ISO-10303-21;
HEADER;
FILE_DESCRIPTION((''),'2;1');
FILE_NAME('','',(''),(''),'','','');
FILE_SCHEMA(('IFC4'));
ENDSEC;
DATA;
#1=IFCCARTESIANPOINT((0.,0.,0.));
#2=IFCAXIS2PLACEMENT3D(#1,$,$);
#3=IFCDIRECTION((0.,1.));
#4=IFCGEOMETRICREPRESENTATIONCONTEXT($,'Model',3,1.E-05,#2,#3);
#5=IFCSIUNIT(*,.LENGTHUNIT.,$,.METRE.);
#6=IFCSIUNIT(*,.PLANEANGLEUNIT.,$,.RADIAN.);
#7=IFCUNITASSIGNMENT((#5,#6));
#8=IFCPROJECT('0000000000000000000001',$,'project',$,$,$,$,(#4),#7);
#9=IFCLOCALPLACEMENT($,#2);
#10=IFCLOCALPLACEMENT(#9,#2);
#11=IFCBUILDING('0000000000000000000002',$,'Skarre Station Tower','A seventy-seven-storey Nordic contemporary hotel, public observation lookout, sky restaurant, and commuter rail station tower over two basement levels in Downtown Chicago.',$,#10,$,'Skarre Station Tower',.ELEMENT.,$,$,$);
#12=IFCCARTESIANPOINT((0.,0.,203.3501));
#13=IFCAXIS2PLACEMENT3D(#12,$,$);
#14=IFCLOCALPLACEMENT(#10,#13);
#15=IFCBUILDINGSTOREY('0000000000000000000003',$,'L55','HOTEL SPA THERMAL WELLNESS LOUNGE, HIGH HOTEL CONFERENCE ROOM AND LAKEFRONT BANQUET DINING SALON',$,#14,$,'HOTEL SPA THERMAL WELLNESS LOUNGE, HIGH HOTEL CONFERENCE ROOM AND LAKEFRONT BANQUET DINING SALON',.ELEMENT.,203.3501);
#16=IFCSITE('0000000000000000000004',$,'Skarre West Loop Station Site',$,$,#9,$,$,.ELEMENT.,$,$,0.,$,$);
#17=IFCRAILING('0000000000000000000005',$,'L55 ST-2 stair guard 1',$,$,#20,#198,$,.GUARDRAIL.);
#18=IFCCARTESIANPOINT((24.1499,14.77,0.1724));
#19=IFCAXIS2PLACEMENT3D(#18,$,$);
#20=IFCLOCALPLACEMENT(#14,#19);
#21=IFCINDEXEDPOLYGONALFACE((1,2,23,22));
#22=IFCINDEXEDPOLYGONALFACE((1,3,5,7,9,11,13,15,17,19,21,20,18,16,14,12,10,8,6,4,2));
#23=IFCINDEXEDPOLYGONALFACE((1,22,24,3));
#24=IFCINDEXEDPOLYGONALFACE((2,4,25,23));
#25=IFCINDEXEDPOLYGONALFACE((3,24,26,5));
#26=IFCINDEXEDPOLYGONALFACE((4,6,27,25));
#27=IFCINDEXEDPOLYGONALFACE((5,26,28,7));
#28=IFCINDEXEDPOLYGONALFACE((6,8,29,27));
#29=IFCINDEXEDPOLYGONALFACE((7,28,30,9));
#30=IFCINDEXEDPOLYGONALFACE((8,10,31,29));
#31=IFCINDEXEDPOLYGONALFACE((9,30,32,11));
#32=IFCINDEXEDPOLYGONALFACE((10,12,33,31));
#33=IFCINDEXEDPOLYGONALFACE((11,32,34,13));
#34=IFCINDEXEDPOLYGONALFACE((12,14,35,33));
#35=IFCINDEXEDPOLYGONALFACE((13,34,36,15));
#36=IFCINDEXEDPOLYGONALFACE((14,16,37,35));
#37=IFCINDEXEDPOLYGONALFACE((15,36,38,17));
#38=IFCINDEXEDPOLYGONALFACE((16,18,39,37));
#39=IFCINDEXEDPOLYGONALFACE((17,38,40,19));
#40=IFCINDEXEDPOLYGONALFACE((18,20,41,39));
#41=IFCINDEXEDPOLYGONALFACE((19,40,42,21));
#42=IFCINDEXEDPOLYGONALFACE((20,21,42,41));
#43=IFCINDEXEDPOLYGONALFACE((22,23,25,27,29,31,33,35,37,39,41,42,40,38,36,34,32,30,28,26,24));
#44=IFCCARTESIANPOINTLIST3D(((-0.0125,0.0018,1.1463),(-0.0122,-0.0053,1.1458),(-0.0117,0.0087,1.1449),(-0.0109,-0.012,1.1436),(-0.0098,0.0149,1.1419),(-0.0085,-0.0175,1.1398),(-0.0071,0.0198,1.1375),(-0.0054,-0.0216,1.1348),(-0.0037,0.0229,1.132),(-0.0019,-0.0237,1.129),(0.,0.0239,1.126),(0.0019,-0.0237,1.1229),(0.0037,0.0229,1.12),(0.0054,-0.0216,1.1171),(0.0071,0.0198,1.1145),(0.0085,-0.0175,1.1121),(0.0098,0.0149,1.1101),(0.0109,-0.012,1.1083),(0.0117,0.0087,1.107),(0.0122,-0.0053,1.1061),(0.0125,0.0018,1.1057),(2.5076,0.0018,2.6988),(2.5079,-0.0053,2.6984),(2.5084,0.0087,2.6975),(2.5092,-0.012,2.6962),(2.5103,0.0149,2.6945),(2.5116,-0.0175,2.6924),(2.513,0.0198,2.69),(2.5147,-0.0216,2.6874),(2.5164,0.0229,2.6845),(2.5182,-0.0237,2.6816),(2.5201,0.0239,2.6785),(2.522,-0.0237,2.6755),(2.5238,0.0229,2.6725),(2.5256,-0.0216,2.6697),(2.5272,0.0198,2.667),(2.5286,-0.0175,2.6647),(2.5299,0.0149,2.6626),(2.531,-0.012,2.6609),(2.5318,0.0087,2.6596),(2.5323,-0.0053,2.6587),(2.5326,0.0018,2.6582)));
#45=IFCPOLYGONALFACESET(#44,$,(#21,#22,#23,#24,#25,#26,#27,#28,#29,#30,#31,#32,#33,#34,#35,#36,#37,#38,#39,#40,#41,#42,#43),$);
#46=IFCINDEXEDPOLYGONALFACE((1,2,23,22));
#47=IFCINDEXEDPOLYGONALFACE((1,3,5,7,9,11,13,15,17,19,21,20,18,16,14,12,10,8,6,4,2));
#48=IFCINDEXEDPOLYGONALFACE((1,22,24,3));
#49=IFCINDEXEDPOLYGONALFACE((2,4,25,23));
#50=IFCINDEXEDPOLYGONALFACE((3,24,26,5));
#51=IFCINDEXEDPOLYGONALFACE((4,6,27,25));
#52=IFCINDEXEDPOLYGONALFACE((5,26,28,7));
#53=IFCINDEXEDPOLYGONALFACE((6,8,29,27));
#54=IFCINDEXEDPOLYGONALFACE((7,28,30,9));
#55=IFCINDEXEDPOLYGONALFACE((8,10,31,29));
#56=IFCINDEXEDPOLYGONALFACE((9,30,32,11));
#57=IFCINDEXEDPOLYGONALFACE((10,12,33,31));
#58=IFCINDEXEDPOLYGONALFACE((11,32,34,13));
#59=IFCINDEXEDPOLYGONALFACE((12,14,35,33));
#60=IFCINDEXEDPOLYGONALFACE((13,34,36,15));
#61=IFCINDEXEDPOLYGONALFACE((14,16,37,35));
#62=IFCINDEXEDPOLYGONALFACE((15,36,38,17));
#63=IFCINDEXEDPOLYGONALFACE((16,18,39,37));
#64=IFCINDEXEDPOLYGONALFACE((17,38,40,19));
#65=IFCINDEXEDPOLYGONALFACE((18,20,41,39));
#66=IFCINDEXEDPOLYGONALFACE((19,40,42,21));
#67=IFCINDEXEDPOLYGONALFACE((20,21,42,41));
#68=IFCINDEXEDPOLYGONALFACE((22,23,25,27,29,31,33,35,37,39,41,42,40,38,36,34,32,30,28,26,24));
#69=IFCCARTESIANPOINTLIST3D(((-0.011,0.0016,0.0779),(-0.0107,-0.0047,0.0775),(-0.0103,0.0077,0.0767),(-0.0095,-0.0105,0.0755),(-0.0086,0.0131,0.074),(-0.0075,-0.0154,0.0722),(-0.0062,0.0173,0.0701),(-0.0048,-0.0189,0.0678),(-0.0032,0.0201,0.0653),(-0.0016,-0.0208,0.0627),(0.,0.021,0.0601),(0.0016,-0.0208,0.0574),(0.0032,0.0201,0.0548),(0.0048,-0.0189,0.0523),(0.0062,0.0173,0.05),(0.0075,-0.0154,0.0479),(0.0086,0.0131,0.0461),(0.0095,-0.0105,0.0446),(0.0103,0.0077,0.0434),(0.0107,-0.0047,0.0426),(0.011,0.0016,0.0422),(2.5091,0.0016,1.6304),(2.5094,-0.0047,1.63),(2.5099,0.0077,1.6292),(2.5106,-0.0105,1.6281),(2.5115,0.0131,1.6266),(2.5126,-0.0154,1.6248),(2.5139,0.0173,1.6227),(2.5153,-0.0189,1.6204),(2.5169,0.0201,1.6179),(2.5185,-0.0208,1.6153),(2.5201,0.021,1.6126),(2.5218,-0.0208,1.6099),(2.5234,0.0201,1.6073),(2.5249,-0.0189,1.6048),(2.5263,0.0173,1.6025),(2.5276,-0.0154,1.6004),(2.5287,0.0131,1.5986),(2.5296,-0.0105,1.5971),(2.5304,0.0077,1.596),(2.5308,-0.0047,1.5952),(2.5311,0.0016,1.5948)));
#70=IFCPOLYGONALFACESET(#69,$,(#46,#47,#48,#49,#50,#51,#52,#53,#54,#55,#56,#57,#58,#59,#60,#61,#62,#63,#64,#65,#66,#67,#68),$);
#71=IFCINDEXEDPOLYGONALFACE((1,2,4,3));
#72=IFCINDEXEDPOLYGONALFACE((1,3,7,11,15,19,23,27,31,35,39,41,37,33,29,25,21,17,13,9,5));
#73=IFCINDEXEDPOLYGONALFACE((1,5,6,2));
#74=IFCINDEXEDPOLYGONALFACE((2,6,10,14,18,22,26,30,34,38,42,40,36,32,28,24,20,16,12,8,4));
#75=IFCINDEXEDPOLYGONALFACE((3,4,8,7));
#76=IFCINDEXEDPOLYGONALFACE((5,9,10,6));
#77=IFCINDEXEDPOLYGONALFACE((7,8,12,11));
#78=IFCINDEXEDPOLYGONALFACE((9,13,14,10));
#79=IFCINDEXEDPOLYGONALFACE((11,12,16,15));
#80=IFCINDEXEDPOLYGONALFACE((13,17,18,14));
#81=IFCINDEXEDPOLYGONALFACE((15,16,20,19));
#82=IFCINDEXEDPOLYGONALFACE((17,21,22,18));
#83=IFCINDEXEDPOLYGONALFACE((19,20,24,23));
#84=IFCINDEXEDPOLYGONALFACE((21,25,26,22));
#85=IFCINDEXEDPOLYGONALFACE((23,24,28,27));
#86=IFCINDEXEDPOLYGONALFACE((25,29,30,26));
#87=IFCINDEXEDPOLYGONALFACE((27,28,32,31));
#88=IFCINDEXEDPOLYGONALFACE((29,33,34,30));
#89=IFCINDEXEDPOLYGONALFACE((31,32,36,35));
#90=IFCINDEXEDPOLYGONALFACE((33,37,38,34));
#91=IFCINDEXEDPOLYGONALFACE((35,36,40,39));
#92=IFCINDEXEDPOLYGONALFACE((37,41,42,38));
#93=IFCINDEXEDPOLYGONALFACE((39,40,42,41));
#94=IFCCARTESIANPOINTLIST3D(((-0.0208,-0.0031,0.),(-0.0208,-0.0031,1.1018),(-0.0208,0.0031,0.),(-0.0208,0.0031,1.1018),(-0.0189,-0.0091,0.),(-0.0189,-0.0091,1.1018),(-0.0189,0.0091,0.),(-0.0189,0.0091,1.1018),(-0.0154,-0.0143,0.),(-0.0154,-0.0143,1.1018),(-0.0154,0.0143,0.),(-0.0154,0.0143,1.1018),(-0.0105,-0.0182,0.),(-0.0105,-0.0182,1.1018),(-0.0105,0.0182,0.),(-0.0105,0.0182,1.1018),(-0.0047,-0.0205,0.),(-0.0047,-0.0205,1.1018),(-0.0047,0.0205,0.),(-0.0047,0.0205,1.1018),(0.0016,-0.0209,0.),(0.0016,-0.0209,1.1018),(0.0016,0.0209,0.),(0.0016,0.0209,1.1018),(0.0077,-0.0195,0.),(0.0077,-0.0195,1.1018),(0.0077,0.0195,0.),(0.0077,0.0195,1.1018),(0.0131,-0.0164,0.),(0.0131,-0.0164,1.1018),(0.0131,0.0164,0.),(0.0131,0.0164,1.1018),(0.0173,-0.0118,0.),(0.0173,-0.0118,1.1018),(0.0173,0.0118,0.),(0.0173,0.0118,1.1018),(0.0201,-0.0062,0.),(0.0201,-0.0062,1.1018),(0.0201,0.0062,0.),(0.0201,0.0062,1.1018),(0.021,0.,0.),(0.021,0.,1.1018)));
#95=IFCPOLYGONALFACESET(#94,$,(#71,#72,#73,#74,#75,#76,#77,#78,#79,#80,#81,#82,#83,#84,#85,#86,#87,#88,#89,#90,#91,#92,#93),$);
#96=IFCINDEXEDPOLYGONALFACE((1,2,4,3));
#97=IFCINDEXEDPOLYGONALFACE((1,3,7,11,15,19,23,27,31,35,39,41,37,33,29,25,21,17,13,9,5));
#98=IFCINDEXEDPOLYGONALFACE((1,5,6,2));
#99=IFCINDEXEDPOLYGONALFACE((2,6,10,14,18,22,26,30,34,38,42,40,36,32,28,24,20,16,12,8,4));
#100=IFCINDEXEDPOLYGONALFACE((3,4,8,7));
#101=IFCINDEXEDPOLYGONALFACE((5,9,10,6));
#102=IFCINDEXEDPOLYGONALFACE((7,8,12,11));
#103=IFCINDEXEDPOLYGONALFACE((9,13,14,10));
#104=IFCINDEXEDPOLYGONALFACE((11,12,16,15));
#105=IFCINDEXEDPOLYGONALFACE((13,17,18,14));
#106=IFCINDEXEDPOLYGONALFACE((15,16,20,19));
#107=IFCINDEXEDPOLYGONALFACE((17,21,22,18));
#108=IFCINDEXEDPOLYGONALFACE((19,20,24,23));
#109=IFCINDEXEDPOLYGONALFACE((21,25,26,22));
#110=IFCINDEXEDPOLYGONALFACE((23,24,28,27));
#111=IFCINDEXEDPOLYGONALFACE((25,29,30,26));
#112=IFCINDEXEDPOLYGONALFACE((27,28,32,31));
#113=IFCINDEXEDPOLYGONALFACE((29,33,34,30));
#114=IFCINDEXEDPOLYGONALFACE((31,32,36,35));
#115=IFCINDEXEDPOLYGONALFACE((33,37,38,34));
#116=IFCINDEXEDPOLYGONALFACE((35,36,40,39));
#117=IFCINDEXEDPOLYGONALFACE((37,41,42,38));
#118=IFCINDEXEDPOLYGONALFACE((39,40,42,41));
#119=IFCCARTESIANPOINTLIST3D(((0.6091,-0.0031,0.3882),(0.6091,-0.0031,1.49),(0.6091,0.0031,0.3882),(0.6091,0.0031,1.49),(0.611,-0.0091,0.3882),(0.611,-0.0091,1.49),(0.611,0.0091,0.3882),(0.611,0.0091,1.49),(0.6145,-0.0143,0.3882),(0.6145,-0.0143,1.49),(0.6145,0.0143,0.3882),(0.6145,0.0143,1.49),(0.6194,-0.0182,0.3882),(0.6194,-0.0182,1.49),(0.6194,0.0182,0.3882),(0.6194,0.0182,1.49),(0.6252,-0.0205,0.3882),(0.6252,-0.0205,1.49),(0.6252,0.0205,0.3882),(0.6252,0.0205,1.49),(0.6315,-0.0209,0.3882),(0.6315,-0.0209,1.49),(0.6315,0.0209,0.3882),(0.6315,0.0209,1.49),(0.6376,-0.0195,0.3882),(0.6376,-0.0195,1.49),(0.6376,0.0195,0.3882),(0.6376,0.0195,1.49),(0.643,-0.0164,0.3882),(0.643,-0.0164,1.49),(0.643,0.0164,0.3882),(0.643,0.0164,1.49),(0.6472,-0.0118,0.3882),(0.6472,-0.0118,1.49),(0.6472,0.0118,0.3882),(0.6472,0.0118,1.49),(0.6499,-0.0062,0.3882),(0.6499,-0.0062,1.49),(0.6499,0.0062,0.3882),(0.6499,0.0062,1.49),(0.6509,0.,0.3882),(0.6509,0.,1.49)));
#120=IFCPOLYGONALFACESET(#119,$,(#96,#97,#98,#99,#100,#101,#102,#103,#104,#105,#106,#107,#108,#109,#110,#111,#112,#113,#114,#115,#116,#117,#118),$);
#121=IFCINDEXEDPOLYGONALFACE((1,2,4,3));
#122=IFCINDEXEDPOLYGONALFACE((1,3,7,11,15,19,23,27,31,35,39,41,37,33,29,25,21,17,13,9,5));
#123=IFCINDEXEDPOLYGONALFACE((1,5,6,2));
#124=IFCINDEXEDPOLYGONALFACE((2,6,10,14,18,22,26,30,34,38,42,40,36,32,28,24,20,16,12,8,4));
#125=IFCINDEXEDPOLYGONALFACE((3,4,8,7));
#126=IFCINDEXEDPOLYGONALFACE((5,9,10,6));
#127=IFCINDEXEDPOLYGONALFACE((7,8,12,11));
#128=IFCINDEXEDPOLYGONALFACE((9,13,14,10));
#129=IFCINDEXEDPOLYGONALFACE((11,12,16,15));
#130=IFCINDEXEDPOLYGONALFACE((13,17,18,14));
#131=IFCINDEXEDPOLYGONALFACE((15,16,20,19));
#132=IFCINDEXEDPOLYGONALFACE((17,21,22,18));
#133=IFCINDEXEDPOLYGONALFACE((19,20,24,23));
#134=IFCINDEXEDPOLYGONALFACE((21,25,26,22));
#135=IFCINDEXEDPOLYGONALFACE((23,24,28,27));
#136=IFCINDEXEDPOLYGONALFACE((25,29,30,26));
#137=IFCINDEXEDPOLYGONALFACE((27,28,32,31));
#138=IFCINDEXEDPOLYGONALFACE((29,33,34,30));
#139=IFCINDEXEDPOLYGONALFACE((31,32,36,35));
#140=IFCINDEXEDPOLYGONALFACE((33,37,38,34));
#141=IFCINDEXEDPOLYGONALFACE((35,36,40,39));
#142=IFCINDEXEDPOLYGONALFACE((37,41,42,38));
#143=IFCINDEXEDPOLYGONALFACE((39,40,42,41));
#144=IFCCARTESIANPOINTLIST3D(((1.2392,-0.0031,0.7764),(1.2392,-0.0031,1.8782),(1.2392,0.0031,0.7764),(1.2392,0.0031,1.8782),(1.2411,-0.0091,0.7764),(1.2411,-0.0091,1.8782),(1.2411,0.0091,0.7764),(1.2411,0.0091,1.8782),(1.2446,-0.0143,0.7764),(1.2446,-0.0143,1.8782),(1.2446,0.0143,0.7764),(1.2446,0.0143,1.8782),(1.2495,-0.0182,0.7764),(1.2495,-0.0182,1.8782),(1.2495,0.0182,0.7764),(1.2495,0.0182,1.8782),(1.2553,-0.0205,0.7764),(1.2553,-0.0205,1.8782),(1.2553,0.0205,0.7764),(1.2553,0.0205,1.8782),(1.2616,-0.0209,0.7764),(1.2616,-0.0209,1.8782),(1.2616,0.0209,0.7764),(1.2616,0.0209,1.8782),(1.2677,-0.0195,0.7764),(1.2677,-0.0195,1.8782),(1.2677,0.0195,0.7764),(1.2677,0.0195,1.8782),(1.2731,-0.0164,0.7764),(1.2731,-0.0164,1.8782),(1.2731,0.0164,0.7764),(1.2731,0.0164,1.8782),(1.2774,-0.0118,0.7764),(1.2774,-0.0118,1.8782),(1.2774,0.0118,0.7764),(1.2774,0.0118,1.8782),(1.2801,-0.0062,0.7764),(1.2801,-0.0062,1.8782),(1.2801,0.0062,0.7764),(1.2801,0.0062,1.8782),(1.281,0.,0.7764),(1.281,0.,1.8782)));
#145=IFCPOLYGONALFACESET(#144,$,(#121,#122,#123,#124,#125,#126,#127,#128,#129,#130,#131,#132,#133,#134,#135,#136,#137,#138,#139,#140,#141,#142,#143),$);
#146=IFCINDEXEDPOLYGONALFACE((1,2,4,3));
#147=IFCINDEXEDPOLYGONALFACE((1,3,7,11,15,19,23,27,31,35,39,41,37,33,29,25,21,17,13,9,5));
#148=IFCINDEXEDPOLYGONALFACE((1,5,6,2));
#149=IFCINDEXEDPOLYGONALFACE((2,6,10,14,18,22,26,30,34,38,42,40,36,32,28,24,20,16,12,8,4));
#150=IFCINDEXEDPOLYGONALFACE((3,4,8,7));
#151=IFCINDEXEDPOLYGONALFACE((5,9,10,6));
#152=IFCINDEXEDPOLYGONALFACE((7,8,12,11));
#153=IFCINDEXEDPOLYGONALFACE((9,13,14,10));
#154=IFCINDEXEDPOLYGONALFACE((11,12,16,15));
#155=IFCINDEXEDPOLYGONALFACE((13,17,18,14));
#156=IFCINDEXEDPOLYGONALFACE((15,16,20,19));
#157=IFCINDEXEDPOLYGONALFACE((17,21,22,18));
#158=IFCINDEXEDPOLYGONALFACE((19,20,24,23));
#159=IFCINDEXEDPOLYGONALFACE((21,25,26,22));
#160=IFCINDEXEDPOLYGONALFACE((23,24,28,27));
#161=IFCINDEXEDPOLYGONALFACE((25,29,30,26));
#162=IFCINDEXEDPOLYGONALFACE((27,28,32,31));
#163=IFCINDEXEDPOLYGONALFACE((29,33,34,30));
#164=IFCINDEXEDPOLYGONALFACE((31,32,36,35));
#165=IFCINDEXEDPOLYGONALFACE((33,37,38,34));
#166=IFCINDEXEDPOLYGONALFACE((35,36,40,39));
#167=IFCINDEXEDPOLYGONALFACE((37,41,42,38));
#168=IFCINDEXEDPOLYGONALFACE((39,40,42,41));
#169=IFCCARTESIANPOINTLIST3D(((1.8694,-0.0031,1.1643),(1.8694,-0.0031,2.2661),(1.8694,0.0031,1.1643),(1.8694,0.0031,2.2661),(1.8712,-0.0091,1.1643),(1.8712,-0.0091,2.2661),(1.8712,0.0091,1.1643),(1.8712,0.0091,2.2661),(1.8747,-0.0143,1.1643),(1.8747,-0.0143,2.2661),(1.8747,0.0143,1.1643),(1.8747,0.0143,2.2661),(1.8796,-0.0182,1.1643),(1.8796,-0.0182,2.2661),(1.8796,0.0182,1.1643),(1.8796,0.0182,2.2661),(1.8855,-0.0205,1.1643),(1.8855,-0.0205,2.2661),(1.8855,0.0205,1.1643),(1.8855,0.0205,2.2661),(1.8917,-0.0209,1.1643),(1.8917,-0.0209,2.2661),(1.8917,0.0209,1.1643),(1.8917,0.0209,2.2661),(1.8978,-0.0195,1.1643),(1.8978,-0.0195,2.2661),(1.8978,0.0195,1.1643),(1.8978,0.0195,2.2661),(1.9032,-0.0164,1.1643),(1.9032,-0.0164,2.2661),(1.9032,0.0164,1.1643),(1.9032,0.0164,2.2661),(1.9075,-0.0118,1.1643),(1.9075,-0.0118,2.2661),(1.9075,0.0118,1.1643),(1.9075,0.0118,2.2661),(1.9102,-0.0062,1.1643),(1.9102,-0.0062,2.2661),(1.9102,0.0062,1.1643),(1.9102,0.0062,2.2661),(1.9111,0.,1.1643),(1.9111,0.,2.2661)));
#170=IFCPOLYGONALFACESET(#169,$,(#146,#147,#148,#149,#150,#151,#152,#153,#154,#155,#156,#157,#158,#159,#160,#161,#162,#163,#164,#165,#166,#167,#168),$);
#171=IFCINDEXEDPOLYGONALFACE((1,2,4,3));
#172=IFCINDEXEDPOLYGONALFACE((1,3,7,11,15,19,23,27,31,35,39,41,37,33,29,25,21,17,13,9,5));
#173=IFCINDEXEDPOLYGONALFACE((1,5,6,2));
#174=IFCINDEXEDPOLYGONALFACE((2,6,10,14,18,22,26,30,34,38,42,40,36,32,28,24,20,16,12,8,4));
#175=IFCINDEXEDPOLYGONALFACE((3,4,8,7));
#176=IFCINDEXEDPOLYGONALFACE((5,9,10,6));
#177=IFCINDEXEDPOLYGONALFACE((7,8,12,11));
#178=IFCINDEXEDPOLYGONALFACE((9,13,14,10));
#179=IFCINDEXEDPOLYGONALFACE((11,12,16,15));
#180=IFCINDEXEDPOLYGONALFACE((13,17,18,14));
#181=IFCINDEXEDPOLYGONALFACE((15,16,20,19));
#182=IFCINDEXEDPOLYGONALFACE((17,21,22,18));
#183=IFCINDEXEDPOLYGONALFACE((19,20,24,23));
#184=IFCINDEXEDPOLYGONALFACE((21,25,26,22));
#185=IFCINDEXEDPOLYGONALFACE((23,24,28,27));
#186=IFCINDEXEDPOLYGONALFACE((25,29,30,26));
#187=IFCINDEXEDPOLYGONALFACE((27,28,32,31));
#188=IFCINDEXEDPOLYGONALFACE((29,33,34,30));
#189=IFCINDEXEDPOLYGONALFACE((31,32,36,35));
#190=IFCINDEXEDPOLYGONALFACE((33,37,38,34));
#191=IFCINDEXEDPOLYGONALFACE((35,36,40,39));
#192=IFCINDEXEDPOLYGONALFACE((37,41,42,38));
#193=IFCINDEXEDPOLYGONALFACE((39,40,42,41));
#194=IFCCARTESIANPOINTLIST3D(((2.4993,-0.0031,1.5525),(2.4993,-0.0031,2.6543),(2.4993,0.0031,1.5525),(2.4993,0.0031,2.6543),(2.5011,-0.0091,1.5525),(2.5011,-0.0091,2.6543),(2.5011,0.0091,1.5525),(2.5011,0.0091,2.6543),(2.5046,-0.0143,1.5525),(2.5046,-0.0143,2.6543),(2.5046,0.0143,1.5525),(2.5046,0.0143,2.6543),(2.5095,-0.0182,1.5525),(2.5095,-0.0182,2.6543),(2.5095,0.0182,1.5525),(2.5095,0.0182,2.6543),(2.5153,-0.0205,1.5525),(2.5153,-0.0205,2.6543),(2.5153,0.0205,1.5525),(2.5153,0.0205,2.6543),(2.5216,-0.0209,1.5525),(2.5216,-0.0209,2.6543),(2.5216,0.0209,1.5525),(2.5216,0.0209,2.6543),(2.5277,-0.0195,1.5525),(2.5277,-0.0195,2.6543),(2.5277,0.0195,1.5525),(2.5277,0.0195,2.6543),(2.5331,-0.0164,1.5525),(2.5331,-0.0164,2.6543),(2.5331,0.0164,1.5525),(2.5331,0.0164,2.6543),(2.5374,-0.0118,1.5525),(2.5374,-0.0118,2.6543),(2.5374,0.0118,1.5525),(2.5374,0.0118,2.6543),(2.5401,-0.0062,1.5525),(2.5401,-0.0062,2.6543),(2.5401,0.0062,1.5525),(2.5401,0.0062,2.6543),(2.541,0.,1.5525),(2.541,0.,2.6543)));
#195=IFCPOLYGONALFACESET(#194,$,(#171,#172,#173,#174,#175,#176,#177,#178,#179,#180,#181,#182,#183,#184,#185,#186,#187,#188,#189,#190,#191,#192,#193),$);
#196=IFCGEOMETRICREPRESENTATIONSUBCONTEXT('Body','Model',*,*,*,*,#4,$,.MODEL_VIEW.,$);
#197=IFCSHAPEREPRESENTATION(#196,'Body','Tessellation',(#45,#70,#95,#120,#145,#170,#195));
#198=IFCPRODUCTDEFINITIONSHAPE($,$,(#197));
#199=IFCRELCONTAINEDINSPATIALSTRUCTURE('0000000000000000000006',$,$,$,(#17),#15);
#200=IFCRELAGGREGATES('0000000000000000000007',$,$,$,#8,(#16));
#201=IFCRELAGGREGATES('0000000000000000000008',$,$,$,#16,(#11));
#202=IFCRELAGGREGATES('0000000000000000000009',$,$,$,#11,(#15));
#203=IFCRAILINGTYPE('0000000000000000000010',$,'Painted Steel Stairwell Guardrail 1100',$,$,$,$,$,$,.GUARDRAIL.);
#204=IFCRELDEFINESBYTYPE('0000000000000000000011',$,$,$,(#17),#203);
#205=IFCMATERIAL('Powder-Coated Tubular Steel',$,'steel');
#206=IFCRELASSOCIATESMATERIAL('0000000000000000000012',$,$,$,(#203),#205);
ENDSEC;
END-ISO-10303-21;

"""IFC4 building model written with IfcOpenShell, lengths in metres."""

from ifc_helpers import new_model, si_unit, direction, frame, origin, origin_2d, place, context, subcontext, project, spatial, circle, extrude, material, type_object, element, save


model = new_model("IFC4")

# Units and contexts
model_context = context("Model", 3, precision=1e-05, world=origin(), true_north=direction((0.0, 1.0)))
body_context = subcontext(model_context, "Body", "Model", "MODEL_VIEW")
ifc_project = project(units=[si_unit("LENGTHUNIT", "METRE"), si_unit("PLANEANGLEUNIT", "RADIAN")], contexts=[model_context])

# Site, building, storey
site_placement = place(None, origin())
site = spatial("IfcSite", under=ifc_project, at=site_placement, Name="Skarre West Loop Station Site", CompositionType="ELEMENT", RefElevation=0.0)
building_placement = place(site_placement, origin())
building = spatial("IfcBuilding", under=site, at=building_placement, Name="Skarre Station Tower", Description="A seventy-seven-storey Nordic contemporary hotel, public observation lookout, sky restaurant, and commuter rail station tower over two basement levels in Downtown Chicago.", LongName="Skarre Station Tower", CompositionType="ELEMENT")
storey_placement = place(building_placement, frame((0.0, 0.0, 203.3501)))
storey = spatial("IfcBuildingStorey", under=building, at=storey_placement, Name="L55", Description="HOTEL SPA THERMAL WELLNESS LOUNGE, HIGH HOTEL CONFERENCE ROOM AND LAKEFRONT BANQUET DINING SALON", LongName="HOTEL SPA THERMAL WELLNESS LOUNGE, HIGH HOTEL CONFERENCE ROOM AND LAKEFRONT BANQUET DINING SALON", CompositionType="ELEMENT", Elevation=203.3501)

# Railing
ifc_material_1 = material(Name="Powder-Coated Tubular Steel", Category="steel")
railing_type_1 = type_object("IfcRailingType", Name="Painted Steel Stairwell Guardrail 1100", PredefinedType="GUARDRAIL", material=ifc_material_1)
railing_1_placement = place(storey_placement, frame((24.1499, 14.77, 0.1724)))
element("IfcRailing", 1, at=railing_1_placement, inside=storey, type_object=railing_type_1, Name="L55 ST-2 stair guard 1", PredefinedType="GUARDRAIL", context=body_context, shape_type="SweptSolid", body=[
    extrude(circle(Radius=0.0239, at=origin_2d()), frame((0.0, 0.0, 1.126), z_axis=(0.8514, 0.0, 0.524516), x_axis=(0.0, 1.0, 0.0)), (0.0, 0.0, 1.0), 2.96),
    extrude(circle(Radius=0.021, at=origin_2d()), frame((0.0, 0.0, 0.0601), z_axis=(0.8514, 0.0, 0.524516), x_axis=(0.0, 1.0, 0.0)), (0.0, 0.0, 1.0), 2.96),
    extrude(circle(Radius=0.021, at=origin_2d()), origin(), (0.0, 0.0, 1.0), 1.1018),
    extrude(circle(Radius=0.021, at=origin_2d()), frame((0.6299, 0.0, 0.3882)), (0.0, 0.0, 1.0), 1.1018),
    extrude(circle(Radius=0.021, at=origin_2d()), frame((1.26, 0.0, 0.7764)), (0.0, 0.0, 1.0), 1.1018),
    extrude(circle(Radius=0.021, at=origin_2d()), frame((1.8901, 0.0, 1.1643)), (0.0, 0.0, 1.0), 1.1018),
    extrude(circle(Radius=0.021, at=origin_2d()), frame((2.52, 0.0, 1.5525)), (0.0, 0.0, 1.0), 1.1018),
])

save(model, "model.ifc")
